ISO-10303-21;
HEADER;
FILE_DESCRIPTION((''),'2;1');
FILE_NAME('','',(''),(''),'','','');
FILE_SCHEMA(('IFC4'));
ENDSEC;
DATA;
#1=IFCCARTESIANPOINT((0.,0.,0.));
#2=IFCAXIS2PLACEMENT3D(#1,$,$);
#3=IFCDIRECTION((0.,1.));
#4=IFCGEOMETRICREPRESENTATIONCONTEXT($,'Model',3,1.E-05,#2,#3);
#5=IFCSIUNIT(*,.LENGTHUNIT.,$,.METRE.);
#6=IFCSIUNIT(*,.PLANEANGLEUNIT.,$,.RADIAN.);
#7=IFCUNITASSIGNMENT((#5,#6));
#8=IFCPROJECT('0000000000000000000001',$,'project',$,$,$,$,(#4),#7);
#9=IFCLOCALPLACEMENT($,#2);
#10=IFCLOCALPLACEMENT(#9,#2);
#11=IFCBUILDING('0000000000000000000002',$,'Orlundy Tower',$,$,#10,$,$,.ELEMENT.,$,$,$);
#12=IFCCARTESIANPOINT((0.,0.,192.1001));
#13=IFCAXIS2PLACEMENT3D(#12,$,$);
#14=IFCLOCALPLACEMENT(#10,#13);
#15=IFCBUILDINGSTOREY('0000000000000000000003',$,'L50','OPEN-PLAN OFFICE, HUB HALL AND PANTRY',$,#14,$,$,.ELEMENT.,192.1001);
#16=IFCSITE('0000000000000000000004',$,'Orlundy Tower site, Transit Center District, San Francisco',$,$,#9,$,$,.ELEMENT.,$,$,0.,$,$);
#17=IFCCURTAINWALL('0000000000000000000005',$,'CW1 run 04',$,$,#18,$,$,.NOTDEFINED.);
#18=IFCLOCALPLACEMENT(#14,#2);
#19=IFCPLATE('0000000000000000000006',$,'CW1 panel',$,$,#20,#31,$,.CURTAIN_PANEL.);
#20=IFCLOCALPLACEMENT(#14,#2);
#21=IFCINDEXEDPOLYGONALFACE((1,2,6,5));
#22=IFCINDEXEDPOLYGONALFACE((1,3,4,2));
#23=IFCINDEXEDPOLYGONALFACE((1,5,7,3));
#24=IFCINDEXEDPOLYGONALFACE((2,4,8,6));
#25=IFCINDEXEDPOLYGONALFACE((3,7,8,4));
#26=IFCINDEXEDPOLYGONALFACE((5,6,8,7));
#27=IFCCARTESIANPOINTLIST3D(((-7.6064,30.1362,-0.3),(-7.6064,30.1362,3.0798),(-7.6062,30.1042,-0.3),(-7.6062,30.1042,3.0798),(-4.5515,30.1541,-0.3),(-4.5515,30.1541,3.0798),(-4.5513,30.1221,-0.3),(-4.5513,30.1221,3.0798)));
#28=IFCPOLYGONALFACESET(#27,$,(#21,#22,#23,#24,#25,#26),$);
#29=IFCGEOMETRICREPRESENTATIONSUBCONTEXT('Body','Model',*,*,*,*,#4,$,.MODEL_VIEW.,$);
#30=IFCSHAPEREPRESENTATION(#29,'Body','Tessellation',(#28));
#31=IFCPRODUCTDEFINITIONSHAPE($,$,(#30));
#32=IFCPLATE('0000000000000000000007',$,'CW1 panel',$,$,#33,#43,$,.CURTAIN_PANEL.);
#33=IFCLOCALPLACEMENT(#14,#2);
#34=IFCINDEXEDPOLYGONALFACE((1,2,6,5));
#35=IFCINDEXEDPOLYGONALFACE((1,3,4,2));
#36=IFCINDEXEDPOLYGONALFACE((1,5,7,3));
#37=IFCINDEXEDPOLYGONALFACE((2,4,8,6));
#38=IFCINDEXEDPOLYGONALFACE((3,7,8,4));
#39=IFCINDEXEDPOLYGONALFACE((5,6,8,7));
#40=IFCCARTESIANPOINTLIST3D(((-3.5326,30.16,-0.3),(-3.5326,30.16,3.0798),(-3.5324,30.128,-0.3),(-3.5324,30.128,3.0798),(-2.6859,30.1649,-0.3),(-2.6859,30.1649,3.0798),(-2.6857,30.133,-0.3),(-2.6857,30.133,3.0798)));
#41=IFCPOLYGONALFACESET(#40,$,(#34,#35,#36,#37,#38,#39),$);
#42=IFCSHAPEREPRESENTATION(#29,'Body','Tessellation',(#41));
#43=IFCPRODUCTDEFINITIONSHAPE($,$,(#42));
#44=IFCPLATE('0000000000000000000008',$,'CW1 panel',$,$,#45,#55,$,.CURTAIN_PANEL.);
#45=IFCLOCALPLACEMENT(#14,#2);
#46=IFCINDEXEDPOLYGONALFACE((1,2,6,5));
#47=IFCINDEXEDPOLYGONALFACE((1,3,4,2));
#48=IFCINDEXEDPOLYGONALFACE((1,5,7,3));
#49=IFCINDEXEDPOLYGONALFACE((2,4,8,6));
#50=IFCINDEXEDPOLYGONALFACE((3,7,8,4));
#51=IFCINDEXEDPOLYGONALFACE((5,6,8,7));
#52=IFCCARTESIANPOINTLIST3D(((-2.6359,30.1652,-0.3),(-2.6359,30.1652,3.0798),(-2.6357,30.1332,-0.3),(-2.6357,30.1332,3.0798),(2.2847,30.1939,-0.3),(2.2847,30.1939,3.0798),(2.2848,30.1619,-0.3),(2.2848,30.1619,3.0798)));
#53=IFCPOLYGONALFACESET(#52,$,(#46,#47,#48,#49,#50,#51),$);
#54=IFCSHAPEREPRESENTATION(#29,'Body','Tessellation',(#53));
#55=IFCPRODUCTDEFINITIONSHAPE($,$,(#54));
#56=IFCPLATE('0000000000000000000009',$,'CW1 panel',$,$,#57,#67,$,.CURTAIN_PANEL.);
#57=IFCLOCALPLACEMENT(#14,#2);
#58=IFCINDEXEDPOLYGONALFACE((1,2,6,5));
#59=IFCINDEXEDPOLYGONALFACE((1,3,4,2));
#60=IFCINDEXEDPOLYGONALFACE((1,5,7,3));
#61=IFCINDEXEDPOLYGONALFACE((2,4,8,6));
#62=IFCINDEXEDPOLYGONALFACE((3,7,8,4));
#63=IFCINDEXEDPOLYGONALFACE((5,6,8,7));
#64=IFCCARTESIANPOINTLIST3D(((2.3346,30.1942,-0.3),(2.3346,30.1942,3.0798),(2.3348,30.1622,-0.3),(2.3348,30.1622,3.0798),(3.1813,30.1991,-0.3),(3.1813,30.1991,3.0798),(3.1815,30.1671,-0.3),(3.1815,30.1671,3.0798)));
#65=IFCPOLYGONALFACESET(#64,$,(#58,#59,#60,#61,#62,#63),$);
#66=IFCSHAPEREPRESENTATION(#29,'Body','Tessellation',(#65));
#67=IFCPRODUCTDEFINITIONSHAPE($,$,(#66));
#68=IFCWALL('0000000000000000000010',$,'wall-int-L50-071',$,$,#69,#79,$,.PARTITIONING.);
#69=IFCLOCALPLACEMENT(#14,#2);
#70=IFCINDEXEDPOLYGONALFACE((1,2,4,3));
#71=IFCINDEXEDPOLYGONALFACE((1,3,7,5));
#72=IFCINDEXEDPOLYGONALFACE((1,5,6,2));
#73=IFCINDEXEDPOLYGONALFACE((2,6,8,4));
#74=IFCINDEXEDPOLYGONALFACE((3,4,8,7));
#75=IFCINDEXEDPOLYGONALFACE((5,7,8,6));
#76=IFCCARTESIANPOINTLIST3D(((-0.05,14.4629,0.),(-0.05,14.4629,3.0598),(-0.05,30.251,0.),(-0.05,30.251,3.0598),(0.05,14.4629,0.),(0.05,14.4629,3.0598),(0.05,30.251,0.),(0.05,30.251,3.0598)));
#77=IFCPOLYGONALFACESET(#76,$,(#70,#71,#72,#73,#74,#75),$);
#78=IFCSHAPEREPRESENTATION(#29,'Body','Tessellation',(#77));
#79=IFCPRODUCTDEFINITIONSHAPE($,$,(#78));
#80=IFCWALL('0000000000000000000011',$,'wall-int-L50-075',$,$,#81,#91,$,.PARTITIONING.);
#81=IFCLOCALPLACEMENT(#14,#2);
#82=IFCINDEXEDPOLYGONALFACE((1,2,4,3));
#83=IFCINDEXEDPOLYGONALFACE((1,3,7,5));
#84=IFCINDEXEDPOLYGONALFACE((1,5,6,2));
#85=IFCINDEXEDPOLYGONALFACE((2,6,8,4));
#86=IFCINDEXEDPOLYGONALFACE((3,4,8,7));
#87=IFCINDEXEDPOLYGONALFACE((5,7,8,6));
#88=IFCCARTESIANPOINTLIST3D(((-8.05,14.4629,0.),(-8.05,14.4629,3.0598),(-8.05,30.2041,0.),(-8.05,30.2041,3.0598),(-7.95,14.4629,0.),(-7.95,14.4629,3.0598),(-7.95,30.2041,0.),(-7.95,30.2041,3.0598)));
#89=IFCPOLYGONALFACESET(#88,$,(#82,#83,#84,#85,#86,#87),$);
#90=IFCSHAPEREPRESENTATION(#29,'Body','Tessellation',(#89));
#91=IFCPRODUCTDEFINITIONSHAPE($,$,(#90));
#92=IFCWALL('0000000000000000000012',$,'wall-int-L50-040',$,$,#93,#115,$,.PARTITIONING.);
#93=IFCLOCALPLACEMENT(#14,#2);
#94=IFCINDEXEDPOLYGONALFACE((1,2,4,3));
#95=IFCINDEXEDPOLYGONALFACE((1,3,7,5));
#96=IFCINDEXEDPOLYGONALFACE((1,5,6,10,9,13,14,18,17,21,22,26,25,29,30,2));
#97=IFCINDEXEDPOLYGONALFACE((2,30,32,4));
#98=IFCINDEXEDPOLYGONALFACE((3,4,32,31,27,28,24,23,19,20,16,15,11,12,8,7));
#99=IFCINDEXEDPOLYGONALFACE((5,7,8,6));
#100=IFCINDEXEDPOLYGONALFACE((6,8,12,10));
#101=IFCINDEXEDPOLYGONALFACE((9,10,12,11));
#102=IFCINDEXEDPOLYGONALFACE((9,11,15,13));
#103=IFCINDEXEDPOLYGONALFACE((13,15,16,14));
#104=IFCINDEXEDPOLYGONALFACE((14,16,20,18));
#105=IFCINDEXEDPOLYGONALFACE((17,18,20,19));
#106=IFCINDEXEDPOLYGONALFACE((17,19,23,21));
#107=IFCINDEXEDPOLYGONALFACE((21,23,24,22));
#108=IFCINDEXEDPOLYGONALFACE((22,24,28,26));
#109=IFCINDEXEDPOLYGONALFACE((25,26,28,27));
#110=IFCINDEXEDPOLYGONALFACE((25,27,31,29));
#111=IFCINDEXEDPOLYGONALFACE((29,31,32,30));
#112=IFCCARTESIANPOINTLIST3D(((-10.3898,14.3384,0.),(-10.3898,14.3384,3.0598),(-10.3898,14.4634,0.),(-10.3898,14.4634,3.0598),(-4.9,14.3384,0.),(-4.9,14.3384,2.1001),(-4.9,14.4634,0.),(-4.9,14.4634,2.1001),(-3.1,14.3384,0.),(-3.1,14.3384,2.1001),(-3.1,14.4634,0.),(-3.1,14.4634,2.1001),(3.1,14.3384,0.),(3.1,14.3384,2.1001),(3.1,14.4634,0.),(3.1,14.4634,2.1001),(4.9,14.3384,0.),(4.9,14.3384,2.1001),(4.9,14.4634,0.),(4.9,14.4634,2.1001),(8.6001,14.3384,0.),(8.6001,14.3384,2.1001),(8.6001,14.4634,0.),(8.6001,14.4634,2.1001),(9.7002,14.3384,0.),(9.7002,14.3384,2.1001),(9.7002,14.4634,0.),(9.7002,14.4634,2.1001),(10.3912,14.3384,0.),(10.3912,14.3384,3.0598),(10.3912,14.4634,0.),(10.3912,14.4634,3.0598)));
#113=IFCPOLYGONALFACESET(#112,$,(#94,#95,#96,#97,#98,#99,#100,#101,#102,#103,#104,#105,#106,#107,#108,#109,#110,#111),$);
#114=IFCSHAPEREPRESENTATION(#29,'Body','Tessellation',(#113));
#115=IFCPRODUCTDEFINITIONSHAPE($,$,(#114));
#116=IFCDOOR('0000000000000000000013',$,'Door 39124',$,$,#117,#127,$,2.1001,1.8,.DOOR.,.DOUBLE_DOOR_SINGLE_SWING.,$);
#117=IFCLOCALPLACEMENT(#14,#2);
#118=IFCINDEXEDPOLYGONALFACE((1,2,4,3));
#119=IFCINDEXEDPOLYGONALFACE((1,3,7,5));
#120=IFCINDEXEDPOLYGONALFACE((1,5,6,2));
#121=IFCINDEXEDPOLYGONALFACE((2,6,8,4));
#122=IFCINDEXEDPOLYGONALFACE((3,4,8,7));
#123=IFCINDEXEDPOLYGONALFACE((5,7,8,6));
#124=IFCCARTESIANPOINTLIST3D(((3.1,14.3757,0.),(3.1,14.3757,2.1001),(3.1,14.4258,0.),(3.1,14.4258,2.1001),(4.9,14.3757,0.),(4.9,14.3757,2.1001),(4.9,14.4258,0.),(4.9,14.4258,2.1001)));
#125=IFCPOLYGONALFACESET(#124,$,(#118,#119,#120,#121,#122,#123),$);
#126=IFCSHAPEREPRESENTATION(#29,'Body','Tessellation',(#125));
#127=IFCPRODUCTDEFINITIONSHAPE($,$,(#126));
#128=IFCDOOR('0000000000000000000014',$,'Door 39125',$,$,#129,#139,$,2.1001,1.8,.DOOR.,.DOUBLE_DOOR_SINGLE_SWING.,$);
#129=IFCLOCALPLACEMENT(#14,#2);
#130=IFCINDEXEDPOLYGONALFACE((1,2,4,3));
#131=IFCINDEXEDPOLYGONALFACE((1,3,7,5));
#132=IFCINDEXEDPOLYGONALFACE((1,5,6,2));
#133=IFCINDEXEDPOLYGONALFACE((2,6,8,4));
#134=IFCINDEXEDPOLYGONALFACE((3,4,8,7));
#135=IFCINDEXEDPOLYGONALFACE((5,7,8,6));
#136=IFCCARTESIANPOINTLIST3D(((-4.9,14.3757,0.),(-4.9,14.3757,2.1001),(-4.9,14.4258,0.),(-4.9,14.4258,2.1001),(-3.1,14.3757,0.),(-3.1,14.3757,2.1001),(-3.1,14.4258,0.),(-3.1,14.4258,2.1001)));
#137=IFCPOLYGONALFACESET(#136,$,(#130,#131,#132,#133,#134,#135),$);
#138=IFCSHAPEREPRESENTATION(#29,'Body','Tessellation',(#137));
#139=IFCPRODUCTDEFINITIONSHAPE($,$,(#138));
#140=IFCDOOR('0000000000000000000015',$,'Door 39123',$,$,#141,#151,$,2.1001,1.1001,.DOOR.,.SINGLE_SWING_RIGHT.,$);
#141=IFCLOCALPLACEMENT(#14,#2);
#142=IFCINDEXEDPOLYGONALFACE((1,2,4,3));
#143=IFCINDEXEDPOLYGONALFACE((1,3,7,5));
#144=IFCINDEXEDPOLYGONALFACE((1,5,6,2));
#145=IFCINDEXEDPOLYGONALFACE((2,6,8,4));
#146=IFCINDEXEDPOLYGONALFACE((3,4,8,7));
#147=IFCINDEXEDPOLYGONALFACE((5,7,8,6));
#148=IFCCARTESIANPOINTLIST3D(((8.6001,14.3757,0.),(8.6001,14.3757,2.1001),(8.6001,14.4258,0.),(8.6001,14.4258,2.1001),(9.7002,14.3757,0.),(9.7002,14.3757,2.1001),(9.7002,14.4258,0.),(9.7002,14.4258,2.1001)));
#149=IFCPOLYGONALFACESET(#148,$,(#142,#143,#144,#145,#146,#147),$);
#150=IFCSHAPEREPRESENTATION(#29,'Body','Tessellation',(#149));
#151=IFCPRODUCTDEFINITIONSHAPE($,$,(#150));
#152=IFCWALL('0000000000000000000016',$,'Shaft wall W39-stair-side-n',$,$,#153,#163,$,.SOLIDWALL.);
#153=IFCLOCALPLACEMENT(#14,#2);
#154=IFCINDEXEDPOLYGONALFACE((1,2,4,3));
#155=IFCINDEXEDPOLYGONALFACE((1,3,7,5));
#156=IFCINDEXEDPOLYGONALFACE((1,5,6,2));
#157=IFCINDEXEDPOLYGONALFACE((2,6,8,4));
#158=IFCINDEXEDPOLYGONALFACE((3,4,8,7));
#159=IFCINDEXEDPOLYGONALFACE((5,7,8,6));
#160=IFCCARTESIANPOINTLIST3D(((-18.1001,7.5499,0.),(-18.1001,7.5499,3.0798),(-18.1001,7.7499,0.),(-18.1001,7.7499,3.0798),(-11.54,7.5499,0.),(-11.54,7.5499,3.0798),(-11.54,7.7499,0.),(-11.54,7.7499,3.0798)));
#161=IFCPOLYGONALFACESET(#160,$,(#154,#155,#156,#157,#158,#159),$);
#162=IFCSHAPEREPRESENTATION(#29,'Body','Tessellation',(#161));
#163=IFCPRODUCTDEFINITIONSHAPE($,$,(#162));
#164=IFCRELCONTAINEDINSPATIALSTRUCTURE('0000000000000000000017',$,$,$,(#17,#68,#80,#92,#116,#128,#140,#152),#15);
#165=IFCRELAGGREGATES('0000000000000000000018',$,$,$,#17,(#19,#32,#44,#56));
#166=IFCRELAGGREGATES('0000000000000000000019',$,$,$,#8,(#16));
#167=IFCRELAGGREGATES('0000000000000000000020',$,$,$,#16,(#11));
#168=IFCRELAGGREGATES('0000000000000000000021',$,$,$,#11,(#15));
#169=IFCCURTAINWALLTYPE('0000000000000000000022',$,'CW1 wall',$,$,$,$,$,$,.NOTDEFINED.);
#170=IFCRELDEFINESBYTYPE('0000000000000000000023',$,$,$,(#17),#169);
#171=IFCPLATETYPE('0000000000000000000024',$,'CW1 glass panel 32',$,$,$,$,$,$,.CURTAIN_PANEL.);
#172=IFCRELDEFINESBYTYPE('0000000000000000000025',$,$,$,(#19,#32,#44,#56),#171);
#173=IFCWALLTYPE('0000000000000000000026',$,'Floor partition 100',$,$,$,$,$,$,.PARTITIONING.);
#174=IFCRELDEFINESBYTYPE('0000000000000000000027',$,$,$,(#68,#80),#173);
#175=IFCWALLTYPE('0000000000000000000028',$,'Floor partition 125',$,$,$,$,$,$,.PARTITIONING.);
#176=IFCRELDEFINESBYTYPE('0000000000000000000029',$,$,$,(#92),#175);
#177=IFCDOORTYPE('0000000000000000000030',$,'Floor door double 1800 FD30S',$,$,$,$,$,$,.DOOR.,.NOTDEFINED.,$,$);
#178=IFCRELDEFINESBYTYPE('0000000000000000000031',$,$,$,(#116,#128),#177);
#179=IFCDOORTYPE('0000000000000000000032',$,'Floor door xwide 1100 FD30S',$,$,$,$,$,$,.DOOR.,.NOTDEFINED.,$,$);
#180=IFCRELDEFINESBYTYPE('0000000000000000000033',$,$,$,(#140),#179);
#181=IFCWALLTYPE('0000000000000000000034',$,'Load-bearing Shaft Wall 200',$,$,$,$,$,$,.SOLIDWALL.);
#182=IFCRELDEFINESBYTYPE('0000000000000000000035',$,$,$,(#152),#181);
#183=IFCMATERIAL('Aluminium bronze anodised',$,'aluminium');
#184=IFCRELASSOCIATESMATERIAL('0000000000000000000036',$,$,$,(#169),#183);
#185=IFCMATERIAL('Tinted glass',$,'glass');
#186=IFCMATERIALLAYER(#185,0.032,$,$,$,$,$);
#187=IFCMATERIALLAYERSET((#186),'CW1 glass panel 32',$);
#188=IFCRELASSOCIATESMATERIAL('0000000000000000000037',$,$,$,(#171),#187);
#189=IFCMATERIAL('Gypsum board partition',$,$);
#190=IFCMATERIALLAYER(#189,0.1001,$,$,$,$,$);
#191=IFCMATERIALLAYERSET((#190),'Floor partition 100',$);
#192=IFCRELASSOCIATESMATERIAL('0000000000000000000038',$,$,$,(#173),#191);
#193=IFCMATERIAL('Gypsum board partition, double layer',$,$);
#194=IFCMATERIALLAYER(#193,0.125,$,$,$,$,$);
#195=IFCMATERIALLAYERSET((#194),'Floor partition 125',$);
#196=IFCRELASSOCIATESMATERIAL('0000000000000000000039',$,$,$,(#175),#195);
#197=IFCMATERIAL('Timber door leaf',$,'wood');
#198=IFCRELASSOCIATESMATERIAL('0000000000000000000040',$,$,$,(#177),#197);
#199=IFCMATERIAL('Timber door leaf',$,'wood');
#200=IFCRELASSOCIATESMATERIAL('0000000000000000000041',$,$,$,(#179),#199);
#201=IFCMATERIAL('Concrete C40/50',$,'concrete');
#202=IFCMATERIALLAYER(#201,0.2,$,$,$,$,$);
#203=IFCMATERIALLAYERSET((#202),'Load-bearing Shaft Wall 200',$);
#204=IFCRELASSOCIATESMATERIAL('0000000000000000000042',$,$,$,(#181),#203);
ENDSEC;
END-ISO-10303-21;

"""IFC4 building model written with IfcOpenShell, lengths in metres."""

from ifc_helpers import new_model, si_unit, direction, frame, frame_2d, origin, origin_2d, place, context, subcontext, project, spatial, rectangle, extrude, material, layer, layer_set, type_object, element, fill, aggregate, save


model = new_model("IFC4")

# Units and contexts
model_context = context("Model", 3, precision=1e-05, world=origin(), true_north=direction((0.0, 1.0)))
body_context = subcontext(model_context, "Body", "Model", "MODEL_VIEW")
ifc_project = project(units=[si_unit("LENGTHUNIT", "METRE"), si_unit("PLANEANGLEUNIT", "RADIAN")], contexts=[model_context])

# Site, building, storey
site_placement = place(None, origin())
site = spatial("IfcSite", under=ifc_project, at=site_placement, Name="Orlundy Tower site, Transit Center District, San Francisco", CompositionType="ELEMENT", RefElevation=0.0)
building_placement = place(site_placement, origin())
building = spatial("IfcBuilding", under=site, at=building_placement, Name="Orlundy Tower", CompositionType="ELEMENT")
storey_placement = place(building_placement, frame((0.0, 0.0, 192.1001)))
storey = spatial("IfcBuildingStorey", under=building, at=storey_placement, Name="L50", Description="OPEN-PLAN OFFICE, HUB HALL AND PANTRY", CompositionType="ELEMENT", Elevation=192.1001)

# Curtain wall
ifc_material_1 = material(Name="Aluminium bronze anodised", Category="aluminium")
curtain_wall_type = type_object("IfcCurtainWallType", Name="CW1 wall", PredefinedType="NOTDEFINED", material=ifc_material_1)
curtain_wall_1_placement = place(storey_placement, origin())
curtain_wall_1 = element("IfcCurtainWall", 1, at=curtain_wall_1_placement, inside=storey, type_object=curtain_wall_type, Name="CW1 run 04", PredefinedType="NOTDEFINED")

# Shared definitions
ifc_material_2 = material(Name="Tinted glass", Category="glass")
ifc_layer_1 = layer(ifc_material_2, 0.032)
ifc_layer_set_1 = layer_set([ifc_layer_1], Name="CW1 glass panel 32")
plate_type = type_object("IfcPlateType", Name="CW1 glass panel 32", PredefinedType="CURTAIN_PANEL", material=ifc_layer_set_1)

# Plates
plate_1_placement = place(storey_placement, frame((-6.0789, 30.1292, -0.3), z_axis=(0.0, 0.0, 1.0), x_axis=(0.999983, 0.005834, 0.0)))
plate_1 = element("IfcPlate", 2, at=plate_1_placement, type_object=plate_type, Name="CW1 panel", PredefinedType="CURTAIN_PANEL", context=body_context, shape_type="SweptSolid", body=[
    extrude(rectangle(XDim=3.0549, YDim=0.032, at=origin_2d()), origin(), (0.0, 0.0, 1.0), 3.3799),
])
plate_2_placement = place(storey_placement, frame((-3.1091, 30.1465, -0.3), z_axis=(0.0, 0.0, 1.0), x_axis=(0.999983, 0.005834, 0.0)))
plate_2 = element("IfcPlate", 3, at=plate_2_placement, type_object=plate_type, Name="CW1 panel", PredefinedType="CURTAIN_PANEL", context=body_context, shape_type="SweptSolid", body=[
    extrude(rectangle(XDim=0.8467, YDim=0.032, at=origin_2d()), origin(), (0.0, 0.0, 1.0), 3.3799),
])
plate_3_placement = place(storey_placement, frame((-0.1755, 30.1636, -0.3), z_axis=(0.0, 0.0, 1.0), x_axis=(0.999983, 0.005834, 0.0)))
plate_3 = element("IfcPlate", 4, at=plate_3_placement, type_object=plate_type, Name="CW1 panel", PredefinedType="CURTAIN_PANEL", context=body_context, shape_type="SweptSolid", body=[
    extrude(rectangle(XDim=4.9207, YDim=0.032, at=origin_2d()), origin(), (0.0, 0.0, 1.0), 3.3799),
])
plate_4_placement = place(storey_placement, frame((2.7581, 30.1807, -0.3), z_axis=(0.0, 0.0, 1.0), x_axis=(0.999983, 0.005834, 0.0)))
plate_4 = element("IfcPlate", 5, at=plate_4_placement, type_object=plate_type, Name="CW1 panel", PredefinedType="CURTAIN_PANEL", context=body_context, shape_type="SweptSolid", body=[
    extrude(rectangle(XDim=0.8467, YDim=0.032, at=origin_2d()), origin(), (0.0, 0.0, 1.0), 3.3799),
])
aggregate(curtain_wall_1, [plate_1, plate_2, plate_3, plate_4])

# Walls
ifc_material_3 = material(Name="Gypsum board partition")
ifc_layer_2 = layer(ifc_material_3, 0.1001)
ifc_layer_set_2 = layer_set([ifc_layer_2], Name="Floor partition 100")
wall_type_1 = type_object("IfcWallType", Name="Floor partition 100", PredefinedType="PARTITIONING", material=ifc_layer_set_2)
wall_1_placement = place(storey_placement, frame((0.0, 14.4629, 0.0), z_axis=(0.0, 0.0, 1.0), x_axis=(0.0, 1.0, 0.0)))
element("IfcWall", 6, at=wall_1_placement, inside=storey, type_object=wall_type_1, Name="wall-int-L50-071", PredefinedType="PARTITIONING", context=body_context, shape_type="SweptSolid", body=[
    extrude(rectangle(XDim=15.7881, YDim=0.1001, at=frame_2d((7.894, 0.0))), origin(), (0.0, 0.0, 1.0), 3.0598),
])
wall_2_placement = place(storey_placement, frame((-8.0, 14.4629, 0.0), z_axis=(0.0, 0.0, 1.0), x_axis=(0.0, 1.0, 0.0)))
element("IfcWall", 7, at=wall_2_placement, inside=storey, type_object=wall_type_1, Name="wall-int-L50-075", PredefinedType="PARTITIONING", context=body_context, shape_type="SweptSolid", body=[
    extrude(rectangle(XDim=15.7412, YDim=0.1001, at=frame_2d((7.8706, 0.0))), origin(), (0.0, 0.0, 1.0), 3.0598),
])

# Wall, openings, doors
ifc_material_4 = material(Name="Gypsum board partition, double layer")
ifc_layer_3 = layer(ifc_material_4, 0.125)
ifc_layer_set_3 = layer_set([ifc_layer_3], Name="Floor partition 125")
wall_type_2 = type_object("IfcWallType", Name="Floor partition 125", PredefinedType="PARTITIONING", material=ifc_layer_set_3)
wall_3_placement = place(storey_placement, frame((-10.3899, 14.4009, 0.0), z_axis=(0.0, 0.0, 1.0), x_axis=(1.0, 0.0, 0.0)))
wall_3 = element("IfcWall", 8, at=wall_3_placement, inside=storey, type_object=wall_type_2, Name="wall-int-L50-040", PredefinedType="PARTITIONING", context=body_context, shape_type="SweptSolid", body=[
    extrude(rectangle(XDim=20.781, YDim=0.125, at=frame_2d((10.3906, 0.0))), origin(), (0.0, 0.0, 1.0), 3.0598),
])
opening_1_placement = place(wall_3_placement, frame((18.99, 0.0, 0.0)))
opening_1 = element("IfcOpeningElement", 9, at=opening_1_placement, cuts=wall_3, PredefinedType="OPENING", context=body_context, shape_type="SweptSolid", body=[
    extrude(rectangle(XDim=1.1001, YDim=2.1001, at=frame_2d((0.55, 1.05))), frame((0.0, 0.0725, 0.0), z_axis=(0.0, -1.0, 0.0), x_axis=(1.0, 0.0, 0.0)), (0.0, 0.0, 1.0), 0.145),
])
opening_2_placement = place(wall_3_placement, frame((13.49, 0.0, 0.0)))
opening_2 = element("IfcOpeningElement", 10, at=opening_2_placement, cuts=wall_3, PredefinedType="OPENING", context=body_context, shape_type="SweptSolid", body=[
    extrude(rectangle(XDim=1.8, YDim=2.1001, at=frame_2d((0.8999, 1.05))), frame((0.0, 0.0725, 0.0), z_axis=(0.0, -1.0, 0.0), x_axis=(1.0, 0.0, 0.0)), (0.0, 0.0, 1.0), 0.145),
])
opening_3_placement = place(wall_3_placement, frame((5.49, 0.0, 0.0)))
opening_3 = element("IfcOpeningElement", 11, at=opening_3_placement, cuts=wall_3, PredefinedType="OPENING", context=body_context, shape_type="SweptSolid", body=[
    extrude(rectangle(XDim=1.8, YDim=2.1001, at=frame_2d((0.8999, 1.05))), frame((0.0, 0.0725, 0.0), z_axis=(0.0, -1.0, 0.0), x_axis=(1.0, 0.0, 0.0)), (0.0, 0.0, 1.0), 0.145),
])
ifc_material_5 = material(Name="Timber door leaf", Category="wood")
door_type_1 = type_object("IfcDoorType", Name="Floor door double 1800 FD30S", OperationType="NOTDEFINED", PredefinedType="DOOR", material=ifc_material_5)
door_1_placement = place(opening_2_placement, origin())
door_1 = element("IfcDoor", 12, at=door_1_placement, inside=storey, type_object=door_type_1, Name="Door 39124", OperationType="DOUBLE_DOOR_SINGLE_SWING", OverallHeight=2.1001, OverallWidth=1.8, PredefinedType="DOOR", context=body_context, shape_type="SweptSolid", body=[
    extrude(rectangle(XDim=1.8, YDim=2.1001, at=frame_2d((0.8999, 1.05))), frame((0.0, 0.0249, 0.0), z_axis=(0.0, -1.0, 0.0), x_axis=(1.0, 0.0, 0.0)), (0.0, 0.0, 1.0), 0.05),
])
fill(opening_2, door_1)
door_2_placement = place(opening_3_placement, origin())
door_2 = element("IfcDoor", 13, at=door_2_placement, inside=storey, type_object=door_type_1, Name="Door 39125", OperationType="DOUBLE_DOOR_SINGLE_SWING", OverallHeight=2.1001, OverallWidth=1.8, PredefinedType="DOOR", context=body_context, shape_type="SweptSolid", body=[
    extrude(rectangle(XDim=1.8, YDim=2.1001, at=frame_2d((0.8999, 1.05))), frame((0.0, 0.0249, 0.0), z_axis=(0.0, -1.0, 0.0), x_axis=(1.0, 0.0, 0.0)), (0.0, 0.0, 1.0), 0.05),
])
fill(opening_3, door_2)
ifc_material_6 = material(Name="Timber door leaf", Category="wood")
door_type_2 = type_object("IfcDoorType", Name="Floor door xwide 1100 FD30S", OperationType="NOTDEFINED", PredefinedType="DOOR", material=ifc_material_6)
door_3_placement = place(opening_1_placement, origin())
door_3 = element("IfcDoor", 14, at=door_3_placement, inside=storey, type_object=door_type_2, Name="Door 39123", OperationType="SINGLE_SWING_RIGHT", OverallHeight=2.1001, OverallWidth=1.1001, PredefinedType="DOOR", context=body_context, shape_type="SweptSolid", body=[
    extrude(rectangle(XDim=1.1001, YDim=2.1001, at=frame_2d((0.55, 1.05))), frame((0.0, 0.0249, 0.0), z_axis=(0.0, -1.0, 0.0), x_axis=(1.0, 0.0, 0.0)), (0.0, 0.0, 1.0), 0.05),
])
fill(opening_1, door_3)

# Wall
ifc_material_7 = material(Name="Concrete C40/50", Category="concrete")
ifc_layer_4 = layer(ifc_material_7, 0.2)
ifc_layer_set_4 = layer_set([ifc_layer_4], Name="Load-bearing Shaft Wall 200")
wall_type_3 = type_object("IfcWallType", Name="Load-bearing Shaft Wall 200", PredefinedType="SOLIDWALL", material=ifc_layer_set_4)
wall_4_placement = place(storey_placement, frame((-11.54, 7.6499, 0.0), z_axis=(0.0, 0.0, 1.0), x_axis=(-1.0, 0.0, 0.0)))
element("IfcWall", 15, at=wall_4_placement, inside=storey, type_object=wall_type_3, Name="Shaft wall W39-stair-side-n", PredefinedType="SOLIDWALL", context=body_context, shape_type="SweptSolid", body=[
    extrude(rectangle(XDim=6.5601, YDim=0.2, at=frame_2d((3.28, 0.0))), origin(), (0.0, 0.0, 1.0), 3.0798),
])

save(model, "model.ifc")
